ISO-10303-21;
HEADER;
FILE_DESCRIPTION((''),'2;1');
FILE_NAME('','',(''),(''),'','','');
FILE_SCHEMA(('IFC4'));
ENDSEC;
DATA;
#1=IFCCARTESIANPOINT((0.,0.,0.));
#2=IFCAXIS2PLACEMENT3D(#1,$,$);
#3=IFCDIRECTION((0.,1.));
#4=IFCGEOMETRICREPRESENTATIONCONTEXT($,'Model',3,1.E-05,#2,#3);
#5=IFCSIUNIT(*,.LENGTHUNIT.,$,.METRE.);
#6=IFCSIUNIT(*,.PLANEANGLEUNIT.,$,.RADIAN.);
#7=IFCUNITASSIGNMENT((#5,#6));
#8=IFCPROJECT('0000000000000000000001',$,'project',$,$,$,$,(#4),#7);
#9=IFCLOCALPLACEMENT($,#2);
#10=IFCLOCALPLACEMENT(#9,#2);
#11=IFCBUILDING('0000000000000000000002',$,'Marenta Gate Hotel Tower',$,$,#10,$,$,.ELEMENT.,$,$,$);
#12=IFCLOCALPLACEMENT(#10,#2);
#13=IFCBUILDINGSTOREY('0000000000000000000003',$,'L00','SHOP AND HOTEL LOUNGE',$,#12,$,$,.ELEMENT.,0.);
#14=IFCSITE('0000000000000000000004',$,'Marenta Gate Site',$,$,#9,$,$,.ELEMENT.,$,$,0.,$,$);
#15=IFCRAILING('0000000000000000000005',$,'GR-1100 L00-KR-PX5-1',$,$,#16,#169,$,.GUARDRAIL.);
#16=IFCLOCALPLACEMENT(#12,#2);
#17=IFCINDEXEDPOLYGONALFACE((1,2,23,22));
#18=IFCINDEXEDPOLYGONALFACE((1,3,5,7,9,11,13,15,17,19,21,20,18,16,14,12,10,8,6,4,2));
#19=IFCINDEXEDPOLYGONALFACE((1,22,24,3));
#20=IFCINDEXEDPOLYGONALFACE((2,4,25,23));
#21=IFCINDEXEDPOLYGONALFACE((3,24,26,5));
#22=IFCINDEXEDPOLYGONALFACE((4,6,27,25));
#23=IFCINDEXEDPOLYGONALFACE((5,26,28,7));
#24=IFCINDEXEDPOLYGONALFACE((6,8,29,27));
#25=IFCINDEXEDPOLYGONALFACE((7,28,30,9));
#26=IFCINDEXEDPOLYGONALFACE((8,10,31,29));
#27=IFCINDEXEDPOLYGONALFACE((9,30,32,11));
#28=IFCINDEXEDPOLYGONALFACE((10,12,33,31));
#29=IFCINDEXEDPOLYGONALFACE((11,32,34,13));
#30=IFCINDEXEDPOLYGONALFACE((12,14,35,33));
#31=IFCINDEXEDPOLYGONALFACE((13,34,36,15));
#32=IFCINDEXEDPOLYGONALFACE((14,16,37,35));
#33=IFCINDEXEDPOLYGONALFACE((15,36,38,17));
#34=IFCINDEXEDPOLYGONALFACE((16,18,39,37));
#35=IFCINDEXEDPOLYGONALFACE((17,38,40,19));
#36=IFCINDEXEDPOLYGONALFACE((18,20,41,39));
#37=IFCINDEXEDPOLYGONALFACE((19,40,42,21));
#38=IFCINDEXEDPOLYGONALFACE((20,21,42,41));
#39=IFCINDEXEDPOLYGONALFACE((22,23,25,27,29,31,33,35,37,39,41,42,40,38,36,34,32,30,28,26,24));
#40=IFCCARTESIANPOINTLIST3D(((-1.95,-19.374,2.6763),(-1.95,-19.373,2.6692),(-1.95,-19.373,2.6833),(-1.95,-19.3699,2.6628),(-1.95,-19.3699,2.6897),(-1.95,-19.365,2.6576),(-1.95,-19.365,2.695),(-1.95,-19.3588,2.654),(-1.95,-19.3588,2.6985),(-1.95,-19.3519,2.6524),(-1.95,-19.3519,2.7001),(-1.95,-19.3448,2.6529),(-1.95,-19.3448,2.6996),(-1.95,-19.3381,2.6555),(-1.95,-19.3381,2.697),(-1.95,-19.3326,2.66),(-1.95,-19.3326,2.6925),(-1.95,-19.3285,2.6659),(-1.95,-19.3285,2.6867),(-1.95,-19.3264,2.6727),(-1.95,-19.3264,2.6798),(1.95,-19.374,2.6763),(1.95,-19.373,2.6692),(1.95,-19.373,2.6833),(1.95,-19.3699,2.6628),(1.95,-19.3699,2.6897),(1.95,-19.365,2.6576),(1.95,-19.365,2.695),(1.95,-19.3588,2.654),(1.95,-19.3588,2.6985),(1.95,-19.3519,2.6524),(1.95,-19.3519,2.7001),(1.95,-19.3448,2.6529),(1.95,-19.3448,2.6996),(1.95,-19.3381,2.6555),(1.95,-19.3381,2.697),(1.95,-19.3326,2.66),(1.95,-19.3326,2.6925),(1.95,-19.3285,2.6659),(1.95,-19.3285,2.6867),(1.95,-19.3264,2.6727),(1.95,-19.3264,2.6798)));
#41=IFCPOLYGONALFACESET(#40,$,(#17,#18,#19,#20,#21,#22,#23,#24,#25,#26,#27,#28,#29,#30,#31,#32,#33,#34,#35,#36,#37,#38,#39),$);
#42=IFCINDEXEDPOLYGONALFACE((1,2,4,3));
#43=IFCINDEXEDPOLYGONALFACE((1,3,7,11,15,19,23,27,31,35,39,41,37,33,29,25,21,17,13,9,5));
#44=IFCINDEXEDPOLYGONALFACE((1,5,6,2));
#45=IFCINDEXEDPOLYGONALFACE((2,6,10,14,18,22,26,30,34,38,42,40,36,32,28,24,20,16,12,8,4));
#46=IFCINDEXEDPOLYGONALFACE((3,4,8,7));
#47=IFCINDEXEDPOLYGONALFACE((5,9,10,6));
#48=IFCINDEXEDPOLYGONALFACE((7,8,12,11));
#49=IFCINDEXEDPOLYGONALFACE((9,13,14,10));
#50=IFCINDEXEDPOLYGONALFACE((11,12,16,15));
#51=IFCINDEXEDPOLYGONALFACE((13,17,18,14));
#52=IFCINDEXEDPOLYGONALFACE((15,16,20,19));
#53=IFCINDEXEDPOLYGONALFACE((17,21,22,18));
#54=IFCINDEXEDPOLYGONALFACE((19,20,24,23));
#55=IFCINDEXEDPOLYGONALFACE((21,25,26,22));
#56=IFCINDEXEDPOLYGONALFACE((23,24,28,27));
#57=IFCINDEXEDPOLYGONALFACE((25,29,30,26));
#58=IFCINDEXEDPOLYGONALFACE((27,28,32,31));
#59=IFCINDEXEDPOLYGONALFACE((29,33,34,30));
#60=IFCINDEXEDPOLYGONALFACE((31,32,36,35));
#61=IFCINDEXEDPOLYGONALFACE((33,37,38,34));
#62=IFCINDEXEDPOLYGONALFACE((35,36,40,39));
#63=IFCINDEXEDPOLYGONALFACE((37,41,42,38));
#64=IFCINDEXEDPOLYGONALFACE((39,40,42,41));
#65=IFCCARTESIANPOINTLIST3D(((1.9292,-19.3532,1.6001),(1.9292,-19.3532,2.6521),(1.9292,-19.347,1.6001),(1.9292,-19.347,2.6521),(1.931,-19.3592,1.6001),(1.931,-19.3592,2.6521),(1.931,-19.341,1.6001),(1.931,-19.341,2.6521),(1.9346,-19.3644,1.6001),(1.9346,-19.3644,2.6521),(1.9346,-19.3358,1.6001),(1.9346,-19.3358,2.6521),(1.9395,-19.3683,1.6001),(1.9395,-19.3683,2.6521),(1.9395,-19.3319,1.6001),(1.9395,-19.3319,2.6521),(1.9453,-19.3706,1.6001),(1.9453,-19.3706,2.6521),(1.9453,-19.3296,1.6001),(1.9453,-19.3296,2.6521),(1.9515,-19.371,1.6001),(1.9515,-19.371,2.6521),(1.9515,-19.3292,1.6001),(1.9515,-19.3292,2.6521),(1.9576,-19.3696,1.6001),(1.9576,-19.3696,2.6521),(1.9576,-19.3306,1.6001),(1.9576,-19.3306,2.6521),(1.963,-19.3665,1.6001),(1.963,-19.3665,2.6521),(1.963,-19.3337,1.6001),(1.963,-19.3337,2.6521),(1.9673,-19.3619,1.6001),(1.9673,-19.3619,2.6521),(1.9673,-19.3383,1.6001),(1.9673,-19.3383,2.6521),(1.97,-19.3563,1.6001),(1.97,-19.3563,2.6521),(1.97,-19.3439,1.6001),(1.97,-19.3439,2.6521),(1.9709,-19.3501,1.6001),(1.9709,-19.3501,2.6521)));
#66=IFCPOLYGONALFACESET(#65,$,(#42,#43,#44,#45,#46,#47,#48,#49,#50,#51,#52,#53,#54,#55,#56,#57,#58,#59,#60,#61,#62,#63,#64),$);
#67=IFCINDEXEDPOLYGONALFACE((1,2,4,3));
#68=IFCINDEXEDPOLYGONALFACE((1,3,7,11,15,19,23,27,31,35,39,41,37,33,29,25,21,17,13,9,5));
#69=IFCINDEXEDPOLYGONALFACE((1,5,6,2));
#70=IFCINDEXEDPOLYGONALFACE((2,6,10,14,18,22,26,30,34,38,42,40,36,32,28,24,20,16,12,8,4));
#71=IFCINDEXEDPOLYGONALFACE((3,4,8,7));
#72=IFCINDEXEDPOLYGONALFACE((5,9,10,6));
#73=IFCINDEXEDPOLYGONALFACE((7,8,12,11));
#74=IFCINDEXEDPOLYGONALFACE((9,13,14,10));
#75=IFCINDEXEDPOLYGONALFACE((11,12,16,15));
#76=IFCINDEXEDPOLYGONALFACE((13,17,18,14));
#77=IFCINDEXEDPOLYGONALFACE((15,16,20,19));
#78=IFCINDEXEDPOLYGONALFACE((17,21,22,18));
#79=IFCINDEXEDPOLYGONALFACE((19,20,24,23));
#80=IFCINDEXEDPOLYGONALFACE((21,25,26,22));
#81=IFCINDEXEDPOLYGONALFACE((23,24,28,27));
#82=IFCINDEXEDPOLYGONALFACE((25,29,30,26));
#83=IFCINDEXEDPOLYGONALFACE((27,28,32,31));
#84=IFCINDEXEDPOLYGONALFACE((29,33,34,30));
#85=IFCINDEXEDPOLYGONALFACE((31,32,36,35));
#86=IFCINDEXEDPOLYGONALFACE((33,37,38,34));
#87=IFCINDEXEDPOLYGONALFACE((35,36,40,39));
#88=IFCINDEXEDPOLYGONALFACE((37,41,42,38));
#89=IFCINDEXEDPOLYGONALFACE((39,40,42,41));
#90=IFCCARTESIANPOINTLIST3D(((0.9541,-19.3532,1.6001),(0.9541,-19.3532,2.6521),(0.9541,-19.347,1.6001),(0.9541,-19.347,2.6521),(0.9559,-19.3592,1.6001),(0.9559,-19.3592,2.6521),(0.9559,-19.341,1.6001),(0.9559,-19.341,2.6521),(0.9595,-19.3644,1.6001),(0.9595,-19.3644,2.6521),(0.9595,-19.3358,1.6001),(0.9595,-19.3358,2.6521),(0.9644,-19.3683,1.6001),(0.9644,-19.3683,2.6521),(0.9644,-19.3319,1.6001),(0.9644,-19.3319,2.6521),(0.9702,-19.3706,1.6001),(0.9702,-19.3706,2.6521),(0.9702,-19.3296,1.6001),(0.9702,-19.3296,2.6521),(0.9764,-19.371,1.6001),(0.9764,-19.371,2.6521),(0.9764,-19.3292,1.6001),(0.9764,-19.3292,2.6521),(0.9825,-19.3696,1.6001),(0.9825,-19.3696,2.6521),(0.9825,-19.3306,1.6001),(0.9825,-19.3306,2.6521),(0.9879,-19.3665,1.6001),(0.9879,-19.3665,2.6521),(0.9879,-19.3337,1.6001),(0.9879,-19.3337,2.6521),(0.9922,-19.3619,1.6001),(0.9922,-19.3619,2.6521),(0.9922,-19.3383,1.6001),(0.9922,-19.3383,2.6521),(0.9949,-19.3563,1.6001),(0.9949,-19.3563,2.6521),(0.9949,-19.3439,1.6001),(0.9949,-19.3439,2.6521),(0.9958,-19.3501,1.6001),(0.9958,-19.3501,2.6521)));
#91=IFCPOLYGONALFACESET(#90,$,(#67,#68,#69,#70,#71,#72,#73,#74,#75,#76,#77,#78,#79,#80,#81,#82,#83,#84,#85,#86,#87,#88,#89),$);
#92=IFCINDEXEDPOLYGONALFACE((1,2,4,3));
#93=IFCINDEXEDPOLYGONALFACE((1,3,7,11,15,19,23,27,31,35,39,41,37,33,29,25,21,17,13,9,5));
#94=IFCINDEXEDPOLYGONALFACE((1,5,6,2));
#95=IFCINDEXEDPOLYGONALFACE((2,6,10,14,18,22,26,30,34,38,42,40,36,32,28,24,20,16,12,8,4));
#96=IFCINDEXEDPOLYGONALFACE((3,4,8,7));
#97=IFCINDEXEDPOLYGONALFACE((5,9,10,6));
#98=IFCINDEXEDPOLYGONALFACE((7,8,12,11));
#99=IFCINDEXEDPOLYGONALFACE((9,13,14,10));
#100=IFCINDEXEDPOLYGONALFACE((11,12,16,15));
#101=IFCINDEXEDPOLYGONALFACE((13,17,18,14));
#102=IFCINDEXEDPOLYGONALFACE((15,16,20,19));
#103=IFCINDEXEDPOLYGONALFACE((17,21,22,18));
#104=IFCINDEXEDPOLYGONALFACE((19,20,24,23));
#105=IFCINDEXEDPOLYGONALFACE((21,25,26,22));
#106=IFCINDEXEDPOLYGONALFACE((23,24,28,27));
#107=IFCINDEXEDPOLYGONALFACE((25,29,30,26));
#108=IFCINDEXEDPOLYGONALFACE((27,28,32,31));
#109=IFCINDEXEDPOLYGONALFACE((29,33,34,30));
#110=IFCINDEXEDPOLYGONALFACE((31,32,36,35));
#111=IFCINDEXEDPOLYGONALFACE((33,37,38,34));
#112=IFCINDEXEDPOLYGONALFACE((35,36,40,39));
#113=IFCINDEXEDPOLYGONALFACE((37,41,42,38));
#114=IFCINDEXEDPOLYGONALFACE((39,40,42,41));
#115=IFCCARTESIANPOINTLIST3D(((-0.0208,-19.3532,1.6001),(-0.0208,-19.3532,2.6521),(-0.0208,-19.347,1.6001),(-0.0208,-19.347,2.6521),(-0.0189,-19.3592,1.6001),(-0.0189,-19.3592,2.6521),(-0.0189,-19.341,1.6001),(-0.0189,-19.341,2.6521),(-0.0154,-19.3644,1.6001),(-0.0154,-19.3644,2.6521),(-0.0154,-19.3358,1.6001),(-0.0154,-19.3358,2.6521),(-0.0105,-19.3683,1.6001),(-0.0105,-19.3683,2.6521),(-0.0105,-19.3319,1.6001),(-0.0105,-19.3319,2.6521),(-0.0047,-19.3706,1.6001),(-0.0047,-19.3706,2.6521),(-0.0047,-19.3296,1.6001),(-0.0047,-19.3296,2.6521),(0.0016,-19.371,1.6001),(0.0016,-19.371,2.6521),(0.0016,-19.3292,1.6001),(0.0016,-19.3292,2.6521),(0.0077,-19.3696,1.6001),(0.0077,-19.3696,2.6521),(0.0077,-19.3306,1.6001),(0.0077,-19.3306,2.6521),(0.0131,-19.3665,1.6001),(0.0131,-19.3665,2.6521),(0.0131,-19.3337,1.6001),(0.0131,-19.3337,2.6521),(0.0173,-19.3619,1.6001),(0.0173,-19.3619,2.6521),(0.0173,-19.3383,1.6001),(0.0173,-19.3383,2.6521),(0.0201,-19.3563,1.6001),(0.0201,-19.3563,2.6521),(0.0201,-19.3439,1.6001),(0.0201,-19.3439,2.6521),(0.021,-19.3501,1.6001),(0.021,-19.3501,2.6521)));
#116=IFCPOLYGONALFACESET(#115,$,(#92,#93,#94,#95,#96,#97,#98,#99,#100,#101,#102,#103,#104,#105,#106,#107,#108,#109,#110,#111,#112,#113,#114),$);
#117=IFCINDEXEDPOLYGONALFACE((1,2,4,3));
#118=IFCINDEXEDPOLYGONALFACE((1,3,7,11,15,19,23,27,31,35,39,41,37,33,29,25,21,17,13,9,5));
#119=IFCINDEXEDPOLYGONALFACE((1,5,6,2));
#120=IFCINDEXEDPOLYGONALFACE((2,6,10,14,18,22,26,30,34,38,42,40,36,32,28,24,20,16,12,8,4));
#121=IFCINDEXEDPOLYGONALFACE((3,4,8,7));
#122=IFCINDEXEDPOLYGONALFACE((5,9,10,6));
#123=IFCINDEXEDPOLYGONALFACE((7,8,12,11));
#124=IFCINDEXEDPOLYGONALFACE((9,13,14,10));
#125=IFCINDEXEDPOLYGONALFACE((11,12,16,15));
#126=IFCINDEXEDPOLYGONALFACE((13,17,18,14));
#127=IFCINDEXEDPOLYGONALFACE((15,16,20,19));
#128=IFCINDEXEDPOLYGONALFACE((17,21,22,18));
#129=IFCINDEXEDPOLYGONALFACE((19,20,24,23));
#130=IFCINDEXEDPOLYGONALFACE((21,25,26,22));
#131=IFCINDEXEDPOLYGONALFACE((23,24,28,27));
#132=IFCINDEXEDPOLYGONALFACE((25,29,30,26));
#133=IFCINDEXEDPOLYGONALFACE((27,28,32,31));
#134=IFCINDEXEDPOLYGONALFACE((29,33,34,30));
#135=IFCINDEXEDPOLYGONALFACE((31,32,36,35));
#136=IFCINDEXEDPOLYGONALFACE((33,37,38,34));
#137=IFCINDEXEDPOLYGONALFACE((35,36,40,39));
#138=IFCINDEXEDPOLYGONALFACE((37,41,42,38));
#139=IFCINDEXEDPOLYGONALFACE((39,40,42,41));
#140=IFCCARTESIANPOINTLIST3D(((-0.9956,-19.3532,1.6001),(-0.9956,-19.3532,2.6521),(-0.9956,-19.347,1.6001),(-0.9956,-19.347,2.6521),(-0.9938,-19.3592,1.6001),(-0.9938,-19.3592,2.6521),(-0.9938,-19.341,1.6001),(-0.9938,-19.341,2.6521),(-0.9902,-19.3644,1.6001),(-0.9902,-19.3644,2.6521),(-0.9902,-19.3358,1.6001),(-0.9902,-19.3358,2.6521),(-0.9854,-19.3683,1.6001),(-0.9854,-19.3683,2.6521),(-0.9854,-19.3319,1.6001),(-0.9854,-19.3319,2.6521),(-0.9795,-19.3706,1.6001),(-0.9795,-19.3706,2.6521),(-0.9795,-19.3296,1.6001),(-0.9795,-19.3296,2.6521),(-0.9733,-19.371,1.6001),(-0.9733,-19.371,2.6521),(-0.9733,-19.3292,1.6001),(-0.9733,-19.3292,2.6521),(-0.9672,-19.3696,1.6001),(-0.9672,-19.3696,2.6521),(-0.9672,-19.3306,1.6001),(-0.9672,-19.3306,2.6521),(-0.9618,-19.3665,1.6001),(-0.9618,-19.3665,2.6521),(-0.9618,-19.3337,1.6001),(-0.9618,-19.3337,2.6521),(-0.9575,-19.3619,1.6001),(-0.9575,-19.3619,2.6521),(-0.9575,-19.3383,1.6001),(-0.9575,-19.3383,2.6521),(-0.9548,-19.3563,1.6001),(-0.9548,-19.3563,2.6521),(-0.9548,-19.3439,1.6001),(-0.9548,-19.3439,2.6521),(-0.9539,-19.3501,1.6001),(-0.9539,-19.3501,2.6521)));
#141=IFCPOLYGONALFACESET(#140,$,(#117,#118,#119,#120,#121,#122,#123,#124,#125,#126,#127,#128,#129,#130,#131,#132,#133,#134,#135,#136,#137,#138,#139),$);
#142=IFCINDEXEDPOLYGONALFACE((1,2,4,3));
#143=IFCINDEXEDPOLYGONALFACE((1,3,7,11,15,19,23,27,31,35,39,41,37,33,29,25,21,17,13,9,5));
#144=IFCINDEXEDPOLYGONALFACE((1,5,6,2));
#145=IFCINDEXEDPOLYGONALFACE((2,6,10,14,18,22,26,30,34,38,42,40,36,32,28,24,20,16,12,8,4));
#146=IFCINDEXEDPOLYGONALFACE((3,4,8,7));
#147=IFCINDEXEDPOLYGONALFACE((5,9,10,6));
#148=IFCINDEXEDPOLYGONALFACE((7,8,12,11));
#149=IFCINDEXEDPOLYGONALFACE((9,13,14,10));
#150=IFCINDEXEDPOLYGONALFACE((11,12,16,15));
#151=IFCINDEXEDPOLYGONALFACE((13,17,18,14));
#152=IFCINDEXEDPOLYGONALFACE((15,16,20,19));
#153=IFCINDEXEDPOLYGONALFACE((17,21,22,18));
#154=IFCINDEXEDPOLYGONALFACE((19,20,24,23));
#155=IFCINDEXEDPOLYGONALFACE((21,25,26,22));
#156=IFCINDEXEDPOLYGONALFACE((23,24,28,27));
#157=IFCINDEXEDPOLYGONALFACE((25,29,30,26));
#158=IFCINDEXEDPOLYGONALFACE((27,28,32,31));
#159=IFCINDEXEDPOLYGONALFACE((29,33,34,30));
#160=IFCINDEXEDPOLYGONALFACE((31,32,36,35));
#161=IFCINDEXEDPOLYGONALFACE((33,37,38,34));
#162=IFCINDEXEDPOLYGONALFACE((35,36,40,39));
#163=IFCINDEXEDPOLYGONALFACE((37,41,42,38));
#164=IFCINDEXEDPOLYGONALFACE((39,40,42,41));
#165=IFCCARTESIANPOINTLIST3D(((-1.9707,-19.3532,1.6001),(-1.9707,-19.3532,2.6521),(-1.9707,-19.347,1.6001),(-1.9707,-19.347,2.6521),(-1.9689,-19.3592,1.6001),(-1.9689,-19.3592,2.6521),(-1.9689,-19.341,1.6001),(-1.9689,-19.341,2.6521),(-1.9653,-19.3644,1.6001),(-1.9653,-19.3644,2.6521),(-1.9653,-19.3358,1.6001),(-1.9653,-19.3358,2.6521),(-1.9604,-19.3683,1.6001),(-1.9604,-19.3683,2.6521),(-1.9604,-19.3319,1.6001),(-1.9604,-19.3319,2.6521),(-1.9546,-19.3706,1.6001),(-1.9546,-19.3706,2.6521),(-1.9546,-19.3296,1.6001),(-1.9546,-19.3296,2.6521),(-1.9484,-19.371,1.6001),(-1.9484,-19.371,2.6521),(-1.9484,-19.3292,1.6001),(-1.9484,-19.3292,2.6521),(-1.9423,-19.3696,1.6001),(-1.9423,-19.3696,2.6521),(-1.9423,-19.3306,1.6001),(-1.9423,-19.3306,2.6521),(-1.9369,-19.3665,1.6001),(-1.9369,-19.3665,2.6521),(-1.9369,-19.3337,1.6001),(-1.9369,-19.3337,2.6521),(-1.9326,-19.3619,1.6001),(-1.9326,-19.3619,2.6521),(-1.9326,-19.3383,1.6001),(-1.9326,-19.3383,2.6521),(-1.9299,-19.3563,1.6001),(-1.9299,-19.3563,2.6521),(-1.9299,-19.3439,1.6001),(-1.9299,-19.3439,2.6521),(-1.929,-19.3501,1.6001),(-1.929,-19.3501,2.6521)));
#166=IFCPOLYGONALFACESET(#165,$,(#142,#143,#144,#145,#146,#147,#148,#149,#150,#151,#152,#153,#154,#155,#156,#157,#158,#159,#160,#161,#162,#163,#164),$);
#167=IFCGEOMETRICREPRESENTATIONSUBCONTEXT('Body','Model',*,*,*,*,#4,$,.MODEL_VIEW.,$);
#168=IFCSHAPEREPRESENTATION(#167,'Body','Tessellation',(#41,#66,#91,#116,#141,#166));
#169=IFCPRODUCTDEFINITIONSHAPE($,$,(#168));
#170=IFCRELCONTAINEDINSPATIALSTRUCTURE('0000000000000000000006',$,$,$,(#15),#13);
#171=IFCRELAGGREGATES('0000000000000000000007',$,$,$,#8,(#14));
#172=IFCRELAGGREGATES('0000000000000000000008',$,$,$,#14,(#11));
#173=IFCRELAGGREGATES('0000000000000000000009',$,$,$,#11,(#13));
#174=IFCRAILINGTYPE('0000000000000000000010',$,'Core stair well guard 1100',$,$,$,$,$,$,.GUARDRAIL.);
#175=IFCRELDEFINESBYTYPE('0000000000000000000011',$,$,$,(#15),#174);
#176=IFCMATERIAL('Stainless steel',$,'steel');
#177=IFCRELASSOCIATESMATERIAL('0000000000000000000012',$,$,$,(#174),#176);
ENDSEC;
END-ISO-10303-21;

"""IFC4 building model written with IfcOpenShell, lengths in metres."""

from ifc_helpers import new_model, si_unit, direction, frame, origin, origin_2d, place, context, subcontext, project, spatial, circle, extrude, material, type_object, element, save


model = new_model("IFC4")

# Units and contexts
model_context = context("Model", 3, precision=1e-05, world=origin(), true_north=direction((0.0, 1.0)))
body_context = subcontext(model_context, "Body", "Model", "MODEL_VIEW")
ifc_project = project(units=[si_unit("LENGTHUNIT", "METRE"), si_unit("PLANEANGLEUNIT", "RADIAN")], contexts=[model_context])

# Site, building, storey
site_placement = place(None, origin())
site = spatial("IfcSite", under=ifc_project, at=site_placement, Name="Marenta Gate Site", CompositionType="ELEMENT", RefElevation=0.0)
building_placement = place(site_placement, origin())
building = spatial("IfcBuilding", under=site, at=building_placement, Name="Marenta Gate Hotel Tower", CompositionType="ELEMENT")
storey_placement = place(building_placement, origin())
storey = spatial("IfcBuildingStorey", under=building, at=storey_placement, Name="L00", Description="SHOP AND HOTEL LOUNGE", CompositionType="ELEMENT", Elevation=0.0)

# Railing
ifc_material_1 = material(Name="Stainless steel", Category="steel")
railing_type_1 = type_object("IfcRailingType", Name="Core stair well guard 1100", PredefinedType="GUARDRAIL", material=ifc_material_1)
for number, where, name in (
    (1, (1.95, -19.3501, 1.6001), "GR-1100 L00-KR-PX5-1"),
):
    element("IfcRailing", number, at=place(storey_placement, frame(where)), inside=storey, type_object=railing_type_1, Name=name, PredefinedType="GUARDRAIL", context=body_context, shape_type="SweptSolid", body=[
        extrude(circle(Radius=0.0239, at=origin_2d()), frame((0.0, 0.0, 1.0762), z_axis=(-1.0, 0.0, 0.0), x_axis=(0.0, -1.0, 0.0)), (0.0, 0.0, 1.0), 3.8999),
        extrude(circle(Radius=0.021, at=origin_2d()), origin(), (0.0, 0.0, 1.0), 1.052),
        extrude(circle(Radius=0.021, at=origin_2d()), frame((-0.9751, 0.0, 0.0)), (0.0, 0.0, 1.0), 1.052),
        extrude(circle(Radius=0.021, at=origin_2d()), frame((-1.95, 0.0, 0.0)), (0.0, 0.0, 1.0), 1.052),
        extrude(circle(Radius=0.021, at=origin_2d()), frame((-2.9248, 0.0, 0.0)), (0.0, 0.0, 1.0), 1.052),
        extrude(circle(Radius=0.021, at=origin_2d()), frame((-3.8999, 0.0, 0.0)), (0.0, 0.0, 1.0), 1.052),
    ])

save(model, "model.ifc")
